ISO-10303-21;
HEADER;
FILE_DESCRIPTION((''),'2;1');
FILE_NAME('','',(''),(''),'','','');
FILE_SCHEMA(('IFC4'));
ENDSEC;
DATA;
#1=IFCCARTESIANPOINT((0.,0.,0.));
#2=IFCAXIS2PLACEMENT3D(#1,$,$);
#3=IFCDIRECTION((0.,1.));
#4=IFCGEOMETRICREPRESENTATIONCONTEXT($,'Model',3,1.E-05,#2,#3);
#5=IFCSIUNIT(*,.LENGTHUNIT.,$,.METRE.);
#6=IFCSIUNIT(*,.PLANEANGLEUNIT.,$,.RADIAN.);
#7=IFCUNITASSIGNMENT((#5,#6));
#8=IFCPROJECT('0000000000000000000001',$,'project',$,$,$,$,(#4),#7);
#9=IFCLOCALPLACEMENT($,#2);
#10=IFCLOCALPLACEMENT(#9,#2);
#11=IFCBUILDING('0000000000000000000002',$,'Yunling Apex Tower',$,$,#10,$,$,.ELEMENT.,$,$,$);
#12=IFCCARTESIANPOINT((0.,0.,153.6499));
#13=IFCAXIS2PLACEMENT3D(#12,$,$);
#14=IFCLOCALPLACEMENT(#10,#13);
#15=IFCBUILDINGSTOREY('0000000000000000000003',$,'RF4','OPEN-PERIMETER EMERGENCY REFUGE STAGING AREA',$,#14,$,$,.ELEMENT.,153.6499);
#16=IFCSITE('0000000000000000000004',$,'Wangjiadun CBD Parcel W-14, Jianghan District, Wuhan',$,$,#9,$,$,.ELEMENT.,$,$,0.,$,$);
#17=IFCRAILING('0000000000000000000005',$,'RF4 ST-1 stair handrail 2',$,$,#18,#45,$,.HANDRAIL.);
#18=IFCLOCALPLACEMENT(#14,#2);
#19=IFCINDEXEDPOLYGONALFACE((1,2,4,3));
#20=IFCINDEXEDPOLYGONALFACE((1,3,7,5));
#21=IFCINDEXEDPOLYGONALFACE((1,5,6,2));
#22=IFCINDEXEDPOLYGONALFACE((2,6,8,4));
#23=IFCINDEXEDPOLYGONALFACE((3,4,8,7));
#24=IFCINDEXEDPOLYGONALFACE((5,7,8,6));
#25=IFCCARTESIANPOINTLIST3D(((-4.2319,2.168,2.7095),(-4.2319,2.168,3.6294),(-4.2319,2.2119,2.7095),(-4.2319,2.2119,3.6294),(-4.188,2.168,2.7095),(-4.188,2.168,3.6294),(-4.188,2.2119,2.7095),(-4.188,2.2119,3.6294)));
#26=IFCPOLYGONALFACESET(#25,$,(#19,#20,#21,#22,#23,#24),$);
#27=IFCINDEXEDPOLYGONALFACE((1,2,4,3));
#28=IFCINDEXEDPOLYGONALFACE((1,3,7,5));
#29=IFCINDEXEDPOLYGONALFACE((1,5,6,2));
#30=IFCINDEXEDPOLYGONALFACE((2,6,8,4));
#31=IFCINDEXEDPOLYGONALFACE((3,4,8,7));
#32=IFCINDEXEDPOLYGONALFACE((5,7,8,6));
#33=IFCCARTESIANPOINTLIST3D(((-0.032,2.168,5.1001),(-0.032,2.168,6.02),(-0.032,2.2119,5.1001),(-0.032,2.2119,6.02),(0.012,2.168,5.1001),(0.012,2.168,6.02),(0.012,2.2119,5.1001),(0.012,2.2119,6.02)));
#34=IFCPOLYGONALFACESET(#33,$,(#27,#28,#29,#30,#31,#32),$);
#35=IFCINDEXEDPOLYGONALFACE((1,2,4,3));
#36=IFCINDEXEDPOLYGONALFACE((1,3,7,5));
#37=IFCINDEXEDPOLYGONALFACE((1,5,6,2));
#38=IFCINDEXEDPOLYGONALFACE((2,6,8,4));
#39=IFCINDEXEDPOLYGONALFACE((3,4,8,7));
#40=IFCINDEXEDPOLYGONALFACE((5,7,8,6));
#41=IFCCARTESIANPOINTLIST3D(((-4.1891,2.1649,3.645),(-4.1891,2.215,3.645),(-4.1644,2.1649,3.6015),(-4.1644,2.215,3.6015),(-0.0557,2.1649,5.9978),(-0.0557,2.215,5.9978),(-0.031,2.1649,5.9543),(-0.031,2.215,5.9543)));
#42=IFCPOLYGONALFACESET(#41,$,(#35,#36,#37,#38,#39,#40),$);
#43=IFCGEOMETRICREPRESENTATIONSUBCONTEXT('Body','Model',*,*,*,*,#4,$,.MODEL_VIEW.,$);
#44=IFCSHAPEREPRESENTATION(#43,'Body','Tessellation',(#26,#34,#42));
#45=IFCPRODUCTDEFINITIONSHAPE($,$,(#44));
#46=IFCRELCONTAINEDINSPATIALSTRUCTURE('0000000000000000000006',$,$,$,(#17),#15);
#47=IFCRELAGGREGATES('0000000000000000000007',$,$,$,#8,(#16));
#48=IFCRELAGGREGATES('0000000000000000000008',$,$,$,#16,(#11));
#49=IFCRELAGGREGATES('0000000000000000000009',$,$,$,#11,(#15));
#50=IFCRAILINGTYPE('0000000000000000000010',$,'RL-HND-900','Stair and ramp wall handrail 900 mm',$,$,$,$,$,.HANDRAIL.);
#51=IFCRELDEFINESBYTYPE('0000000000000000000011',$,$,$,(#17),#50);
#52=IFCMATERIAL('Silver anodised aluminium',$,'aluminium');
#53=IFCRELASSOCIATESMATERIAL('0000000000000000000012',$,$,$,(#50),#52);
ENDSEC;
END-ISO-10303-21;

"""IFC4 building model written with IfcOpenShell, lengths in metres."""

from ifc_helpers import new_model, si_unit, direction, frame, origin, origin_2d, place, context, subcontext, project, spatial, rectangle, extrude, material, type_object, element, save


model = new_model("IFC4")

# Units and contexts
model_context = context("Model", 3, precision=1e-05, world=origin(), true_north=direction((0.0, 1.0)))
body_context = subcontext(model_context, "Body", "Model", "MODEL_VIEW")
ifc_project = project(units=[si_unit("LENGTHUNIT", "METRE"), si_unit("PLANEANGLEUNIT", "RADIAN")], contexts=[model_context])

# Site, building, storey
site_placement = place(None, origin())
site = spatial("IfcSite", under=ifc_project, at=site_placement, Name="Wangjiadun CBD Parcel W-14, Jianghan District, Wuhan", CompositionType="ELEMENT", RefElevation=0.0)
building_placement = place(site_placement, origin())
building = spatial("IfcBuilding", under=site, at=building_placement, Name="Yunling Apex Tower", CompositionType="ELEMENT")
storey_placement = place(building_placement, frame((0.0, 0.0, 153.6499)))
storey = spatial("IfcBuildingStorey", under=building, at=storey_placement, Name="RF4", Description="OPEN-PERIMETER EMERGENCY REFUGE STAGING AREA", CompositionType="ELEMENT", Elevation=153.6499)

# Railing
ifc_material_1 = material(Name="Silver anodised aluminium", Category="aluminium")
railing_type_1 = type_object("IfcRailingType", Name="RL-HND-900", Description="Stair and ramp wall handrail 900 mm", PredefinedType="HANDRAIL", material=ifc_material_1)
railing_1_placement = place(storey_placement, frame((-4.21, 2.1899, 2.7095)))
element("IfcRailing", 1, at=railing_1_placement, inside=storey, type_object=railing_type_1, Name="RF4 ST-1 stair handrail 2", PredefinedType="HANDRAIL", context=body_context, shape_type="SweptSolid", body=[
    extrude(rectangle(XDim=0.0439, YDim=0.0439, at=origin_2d()), origin(), (0.0, 0.0, 1.0), 0.9199),
    extrude(rectangle(XDim=0.0439, YDim=0.0439, at=origin_2d()), frame((4.2, 0.0, 2.3906)), (0.0, 0.0, 1.0), 0.9199),
    extrude(rectangle(XDim=0.05, YDim=0.05, at=origin_2d()), frame((0.0332, 0.0, 0.9138), z_axis=(0.869075, 0.0, 0.49468), x_axis=(0.0, 1.0, 0.0)), (0.0, 0.0, 1.0), 4.7561),
])

save(model, "model.ifc")
